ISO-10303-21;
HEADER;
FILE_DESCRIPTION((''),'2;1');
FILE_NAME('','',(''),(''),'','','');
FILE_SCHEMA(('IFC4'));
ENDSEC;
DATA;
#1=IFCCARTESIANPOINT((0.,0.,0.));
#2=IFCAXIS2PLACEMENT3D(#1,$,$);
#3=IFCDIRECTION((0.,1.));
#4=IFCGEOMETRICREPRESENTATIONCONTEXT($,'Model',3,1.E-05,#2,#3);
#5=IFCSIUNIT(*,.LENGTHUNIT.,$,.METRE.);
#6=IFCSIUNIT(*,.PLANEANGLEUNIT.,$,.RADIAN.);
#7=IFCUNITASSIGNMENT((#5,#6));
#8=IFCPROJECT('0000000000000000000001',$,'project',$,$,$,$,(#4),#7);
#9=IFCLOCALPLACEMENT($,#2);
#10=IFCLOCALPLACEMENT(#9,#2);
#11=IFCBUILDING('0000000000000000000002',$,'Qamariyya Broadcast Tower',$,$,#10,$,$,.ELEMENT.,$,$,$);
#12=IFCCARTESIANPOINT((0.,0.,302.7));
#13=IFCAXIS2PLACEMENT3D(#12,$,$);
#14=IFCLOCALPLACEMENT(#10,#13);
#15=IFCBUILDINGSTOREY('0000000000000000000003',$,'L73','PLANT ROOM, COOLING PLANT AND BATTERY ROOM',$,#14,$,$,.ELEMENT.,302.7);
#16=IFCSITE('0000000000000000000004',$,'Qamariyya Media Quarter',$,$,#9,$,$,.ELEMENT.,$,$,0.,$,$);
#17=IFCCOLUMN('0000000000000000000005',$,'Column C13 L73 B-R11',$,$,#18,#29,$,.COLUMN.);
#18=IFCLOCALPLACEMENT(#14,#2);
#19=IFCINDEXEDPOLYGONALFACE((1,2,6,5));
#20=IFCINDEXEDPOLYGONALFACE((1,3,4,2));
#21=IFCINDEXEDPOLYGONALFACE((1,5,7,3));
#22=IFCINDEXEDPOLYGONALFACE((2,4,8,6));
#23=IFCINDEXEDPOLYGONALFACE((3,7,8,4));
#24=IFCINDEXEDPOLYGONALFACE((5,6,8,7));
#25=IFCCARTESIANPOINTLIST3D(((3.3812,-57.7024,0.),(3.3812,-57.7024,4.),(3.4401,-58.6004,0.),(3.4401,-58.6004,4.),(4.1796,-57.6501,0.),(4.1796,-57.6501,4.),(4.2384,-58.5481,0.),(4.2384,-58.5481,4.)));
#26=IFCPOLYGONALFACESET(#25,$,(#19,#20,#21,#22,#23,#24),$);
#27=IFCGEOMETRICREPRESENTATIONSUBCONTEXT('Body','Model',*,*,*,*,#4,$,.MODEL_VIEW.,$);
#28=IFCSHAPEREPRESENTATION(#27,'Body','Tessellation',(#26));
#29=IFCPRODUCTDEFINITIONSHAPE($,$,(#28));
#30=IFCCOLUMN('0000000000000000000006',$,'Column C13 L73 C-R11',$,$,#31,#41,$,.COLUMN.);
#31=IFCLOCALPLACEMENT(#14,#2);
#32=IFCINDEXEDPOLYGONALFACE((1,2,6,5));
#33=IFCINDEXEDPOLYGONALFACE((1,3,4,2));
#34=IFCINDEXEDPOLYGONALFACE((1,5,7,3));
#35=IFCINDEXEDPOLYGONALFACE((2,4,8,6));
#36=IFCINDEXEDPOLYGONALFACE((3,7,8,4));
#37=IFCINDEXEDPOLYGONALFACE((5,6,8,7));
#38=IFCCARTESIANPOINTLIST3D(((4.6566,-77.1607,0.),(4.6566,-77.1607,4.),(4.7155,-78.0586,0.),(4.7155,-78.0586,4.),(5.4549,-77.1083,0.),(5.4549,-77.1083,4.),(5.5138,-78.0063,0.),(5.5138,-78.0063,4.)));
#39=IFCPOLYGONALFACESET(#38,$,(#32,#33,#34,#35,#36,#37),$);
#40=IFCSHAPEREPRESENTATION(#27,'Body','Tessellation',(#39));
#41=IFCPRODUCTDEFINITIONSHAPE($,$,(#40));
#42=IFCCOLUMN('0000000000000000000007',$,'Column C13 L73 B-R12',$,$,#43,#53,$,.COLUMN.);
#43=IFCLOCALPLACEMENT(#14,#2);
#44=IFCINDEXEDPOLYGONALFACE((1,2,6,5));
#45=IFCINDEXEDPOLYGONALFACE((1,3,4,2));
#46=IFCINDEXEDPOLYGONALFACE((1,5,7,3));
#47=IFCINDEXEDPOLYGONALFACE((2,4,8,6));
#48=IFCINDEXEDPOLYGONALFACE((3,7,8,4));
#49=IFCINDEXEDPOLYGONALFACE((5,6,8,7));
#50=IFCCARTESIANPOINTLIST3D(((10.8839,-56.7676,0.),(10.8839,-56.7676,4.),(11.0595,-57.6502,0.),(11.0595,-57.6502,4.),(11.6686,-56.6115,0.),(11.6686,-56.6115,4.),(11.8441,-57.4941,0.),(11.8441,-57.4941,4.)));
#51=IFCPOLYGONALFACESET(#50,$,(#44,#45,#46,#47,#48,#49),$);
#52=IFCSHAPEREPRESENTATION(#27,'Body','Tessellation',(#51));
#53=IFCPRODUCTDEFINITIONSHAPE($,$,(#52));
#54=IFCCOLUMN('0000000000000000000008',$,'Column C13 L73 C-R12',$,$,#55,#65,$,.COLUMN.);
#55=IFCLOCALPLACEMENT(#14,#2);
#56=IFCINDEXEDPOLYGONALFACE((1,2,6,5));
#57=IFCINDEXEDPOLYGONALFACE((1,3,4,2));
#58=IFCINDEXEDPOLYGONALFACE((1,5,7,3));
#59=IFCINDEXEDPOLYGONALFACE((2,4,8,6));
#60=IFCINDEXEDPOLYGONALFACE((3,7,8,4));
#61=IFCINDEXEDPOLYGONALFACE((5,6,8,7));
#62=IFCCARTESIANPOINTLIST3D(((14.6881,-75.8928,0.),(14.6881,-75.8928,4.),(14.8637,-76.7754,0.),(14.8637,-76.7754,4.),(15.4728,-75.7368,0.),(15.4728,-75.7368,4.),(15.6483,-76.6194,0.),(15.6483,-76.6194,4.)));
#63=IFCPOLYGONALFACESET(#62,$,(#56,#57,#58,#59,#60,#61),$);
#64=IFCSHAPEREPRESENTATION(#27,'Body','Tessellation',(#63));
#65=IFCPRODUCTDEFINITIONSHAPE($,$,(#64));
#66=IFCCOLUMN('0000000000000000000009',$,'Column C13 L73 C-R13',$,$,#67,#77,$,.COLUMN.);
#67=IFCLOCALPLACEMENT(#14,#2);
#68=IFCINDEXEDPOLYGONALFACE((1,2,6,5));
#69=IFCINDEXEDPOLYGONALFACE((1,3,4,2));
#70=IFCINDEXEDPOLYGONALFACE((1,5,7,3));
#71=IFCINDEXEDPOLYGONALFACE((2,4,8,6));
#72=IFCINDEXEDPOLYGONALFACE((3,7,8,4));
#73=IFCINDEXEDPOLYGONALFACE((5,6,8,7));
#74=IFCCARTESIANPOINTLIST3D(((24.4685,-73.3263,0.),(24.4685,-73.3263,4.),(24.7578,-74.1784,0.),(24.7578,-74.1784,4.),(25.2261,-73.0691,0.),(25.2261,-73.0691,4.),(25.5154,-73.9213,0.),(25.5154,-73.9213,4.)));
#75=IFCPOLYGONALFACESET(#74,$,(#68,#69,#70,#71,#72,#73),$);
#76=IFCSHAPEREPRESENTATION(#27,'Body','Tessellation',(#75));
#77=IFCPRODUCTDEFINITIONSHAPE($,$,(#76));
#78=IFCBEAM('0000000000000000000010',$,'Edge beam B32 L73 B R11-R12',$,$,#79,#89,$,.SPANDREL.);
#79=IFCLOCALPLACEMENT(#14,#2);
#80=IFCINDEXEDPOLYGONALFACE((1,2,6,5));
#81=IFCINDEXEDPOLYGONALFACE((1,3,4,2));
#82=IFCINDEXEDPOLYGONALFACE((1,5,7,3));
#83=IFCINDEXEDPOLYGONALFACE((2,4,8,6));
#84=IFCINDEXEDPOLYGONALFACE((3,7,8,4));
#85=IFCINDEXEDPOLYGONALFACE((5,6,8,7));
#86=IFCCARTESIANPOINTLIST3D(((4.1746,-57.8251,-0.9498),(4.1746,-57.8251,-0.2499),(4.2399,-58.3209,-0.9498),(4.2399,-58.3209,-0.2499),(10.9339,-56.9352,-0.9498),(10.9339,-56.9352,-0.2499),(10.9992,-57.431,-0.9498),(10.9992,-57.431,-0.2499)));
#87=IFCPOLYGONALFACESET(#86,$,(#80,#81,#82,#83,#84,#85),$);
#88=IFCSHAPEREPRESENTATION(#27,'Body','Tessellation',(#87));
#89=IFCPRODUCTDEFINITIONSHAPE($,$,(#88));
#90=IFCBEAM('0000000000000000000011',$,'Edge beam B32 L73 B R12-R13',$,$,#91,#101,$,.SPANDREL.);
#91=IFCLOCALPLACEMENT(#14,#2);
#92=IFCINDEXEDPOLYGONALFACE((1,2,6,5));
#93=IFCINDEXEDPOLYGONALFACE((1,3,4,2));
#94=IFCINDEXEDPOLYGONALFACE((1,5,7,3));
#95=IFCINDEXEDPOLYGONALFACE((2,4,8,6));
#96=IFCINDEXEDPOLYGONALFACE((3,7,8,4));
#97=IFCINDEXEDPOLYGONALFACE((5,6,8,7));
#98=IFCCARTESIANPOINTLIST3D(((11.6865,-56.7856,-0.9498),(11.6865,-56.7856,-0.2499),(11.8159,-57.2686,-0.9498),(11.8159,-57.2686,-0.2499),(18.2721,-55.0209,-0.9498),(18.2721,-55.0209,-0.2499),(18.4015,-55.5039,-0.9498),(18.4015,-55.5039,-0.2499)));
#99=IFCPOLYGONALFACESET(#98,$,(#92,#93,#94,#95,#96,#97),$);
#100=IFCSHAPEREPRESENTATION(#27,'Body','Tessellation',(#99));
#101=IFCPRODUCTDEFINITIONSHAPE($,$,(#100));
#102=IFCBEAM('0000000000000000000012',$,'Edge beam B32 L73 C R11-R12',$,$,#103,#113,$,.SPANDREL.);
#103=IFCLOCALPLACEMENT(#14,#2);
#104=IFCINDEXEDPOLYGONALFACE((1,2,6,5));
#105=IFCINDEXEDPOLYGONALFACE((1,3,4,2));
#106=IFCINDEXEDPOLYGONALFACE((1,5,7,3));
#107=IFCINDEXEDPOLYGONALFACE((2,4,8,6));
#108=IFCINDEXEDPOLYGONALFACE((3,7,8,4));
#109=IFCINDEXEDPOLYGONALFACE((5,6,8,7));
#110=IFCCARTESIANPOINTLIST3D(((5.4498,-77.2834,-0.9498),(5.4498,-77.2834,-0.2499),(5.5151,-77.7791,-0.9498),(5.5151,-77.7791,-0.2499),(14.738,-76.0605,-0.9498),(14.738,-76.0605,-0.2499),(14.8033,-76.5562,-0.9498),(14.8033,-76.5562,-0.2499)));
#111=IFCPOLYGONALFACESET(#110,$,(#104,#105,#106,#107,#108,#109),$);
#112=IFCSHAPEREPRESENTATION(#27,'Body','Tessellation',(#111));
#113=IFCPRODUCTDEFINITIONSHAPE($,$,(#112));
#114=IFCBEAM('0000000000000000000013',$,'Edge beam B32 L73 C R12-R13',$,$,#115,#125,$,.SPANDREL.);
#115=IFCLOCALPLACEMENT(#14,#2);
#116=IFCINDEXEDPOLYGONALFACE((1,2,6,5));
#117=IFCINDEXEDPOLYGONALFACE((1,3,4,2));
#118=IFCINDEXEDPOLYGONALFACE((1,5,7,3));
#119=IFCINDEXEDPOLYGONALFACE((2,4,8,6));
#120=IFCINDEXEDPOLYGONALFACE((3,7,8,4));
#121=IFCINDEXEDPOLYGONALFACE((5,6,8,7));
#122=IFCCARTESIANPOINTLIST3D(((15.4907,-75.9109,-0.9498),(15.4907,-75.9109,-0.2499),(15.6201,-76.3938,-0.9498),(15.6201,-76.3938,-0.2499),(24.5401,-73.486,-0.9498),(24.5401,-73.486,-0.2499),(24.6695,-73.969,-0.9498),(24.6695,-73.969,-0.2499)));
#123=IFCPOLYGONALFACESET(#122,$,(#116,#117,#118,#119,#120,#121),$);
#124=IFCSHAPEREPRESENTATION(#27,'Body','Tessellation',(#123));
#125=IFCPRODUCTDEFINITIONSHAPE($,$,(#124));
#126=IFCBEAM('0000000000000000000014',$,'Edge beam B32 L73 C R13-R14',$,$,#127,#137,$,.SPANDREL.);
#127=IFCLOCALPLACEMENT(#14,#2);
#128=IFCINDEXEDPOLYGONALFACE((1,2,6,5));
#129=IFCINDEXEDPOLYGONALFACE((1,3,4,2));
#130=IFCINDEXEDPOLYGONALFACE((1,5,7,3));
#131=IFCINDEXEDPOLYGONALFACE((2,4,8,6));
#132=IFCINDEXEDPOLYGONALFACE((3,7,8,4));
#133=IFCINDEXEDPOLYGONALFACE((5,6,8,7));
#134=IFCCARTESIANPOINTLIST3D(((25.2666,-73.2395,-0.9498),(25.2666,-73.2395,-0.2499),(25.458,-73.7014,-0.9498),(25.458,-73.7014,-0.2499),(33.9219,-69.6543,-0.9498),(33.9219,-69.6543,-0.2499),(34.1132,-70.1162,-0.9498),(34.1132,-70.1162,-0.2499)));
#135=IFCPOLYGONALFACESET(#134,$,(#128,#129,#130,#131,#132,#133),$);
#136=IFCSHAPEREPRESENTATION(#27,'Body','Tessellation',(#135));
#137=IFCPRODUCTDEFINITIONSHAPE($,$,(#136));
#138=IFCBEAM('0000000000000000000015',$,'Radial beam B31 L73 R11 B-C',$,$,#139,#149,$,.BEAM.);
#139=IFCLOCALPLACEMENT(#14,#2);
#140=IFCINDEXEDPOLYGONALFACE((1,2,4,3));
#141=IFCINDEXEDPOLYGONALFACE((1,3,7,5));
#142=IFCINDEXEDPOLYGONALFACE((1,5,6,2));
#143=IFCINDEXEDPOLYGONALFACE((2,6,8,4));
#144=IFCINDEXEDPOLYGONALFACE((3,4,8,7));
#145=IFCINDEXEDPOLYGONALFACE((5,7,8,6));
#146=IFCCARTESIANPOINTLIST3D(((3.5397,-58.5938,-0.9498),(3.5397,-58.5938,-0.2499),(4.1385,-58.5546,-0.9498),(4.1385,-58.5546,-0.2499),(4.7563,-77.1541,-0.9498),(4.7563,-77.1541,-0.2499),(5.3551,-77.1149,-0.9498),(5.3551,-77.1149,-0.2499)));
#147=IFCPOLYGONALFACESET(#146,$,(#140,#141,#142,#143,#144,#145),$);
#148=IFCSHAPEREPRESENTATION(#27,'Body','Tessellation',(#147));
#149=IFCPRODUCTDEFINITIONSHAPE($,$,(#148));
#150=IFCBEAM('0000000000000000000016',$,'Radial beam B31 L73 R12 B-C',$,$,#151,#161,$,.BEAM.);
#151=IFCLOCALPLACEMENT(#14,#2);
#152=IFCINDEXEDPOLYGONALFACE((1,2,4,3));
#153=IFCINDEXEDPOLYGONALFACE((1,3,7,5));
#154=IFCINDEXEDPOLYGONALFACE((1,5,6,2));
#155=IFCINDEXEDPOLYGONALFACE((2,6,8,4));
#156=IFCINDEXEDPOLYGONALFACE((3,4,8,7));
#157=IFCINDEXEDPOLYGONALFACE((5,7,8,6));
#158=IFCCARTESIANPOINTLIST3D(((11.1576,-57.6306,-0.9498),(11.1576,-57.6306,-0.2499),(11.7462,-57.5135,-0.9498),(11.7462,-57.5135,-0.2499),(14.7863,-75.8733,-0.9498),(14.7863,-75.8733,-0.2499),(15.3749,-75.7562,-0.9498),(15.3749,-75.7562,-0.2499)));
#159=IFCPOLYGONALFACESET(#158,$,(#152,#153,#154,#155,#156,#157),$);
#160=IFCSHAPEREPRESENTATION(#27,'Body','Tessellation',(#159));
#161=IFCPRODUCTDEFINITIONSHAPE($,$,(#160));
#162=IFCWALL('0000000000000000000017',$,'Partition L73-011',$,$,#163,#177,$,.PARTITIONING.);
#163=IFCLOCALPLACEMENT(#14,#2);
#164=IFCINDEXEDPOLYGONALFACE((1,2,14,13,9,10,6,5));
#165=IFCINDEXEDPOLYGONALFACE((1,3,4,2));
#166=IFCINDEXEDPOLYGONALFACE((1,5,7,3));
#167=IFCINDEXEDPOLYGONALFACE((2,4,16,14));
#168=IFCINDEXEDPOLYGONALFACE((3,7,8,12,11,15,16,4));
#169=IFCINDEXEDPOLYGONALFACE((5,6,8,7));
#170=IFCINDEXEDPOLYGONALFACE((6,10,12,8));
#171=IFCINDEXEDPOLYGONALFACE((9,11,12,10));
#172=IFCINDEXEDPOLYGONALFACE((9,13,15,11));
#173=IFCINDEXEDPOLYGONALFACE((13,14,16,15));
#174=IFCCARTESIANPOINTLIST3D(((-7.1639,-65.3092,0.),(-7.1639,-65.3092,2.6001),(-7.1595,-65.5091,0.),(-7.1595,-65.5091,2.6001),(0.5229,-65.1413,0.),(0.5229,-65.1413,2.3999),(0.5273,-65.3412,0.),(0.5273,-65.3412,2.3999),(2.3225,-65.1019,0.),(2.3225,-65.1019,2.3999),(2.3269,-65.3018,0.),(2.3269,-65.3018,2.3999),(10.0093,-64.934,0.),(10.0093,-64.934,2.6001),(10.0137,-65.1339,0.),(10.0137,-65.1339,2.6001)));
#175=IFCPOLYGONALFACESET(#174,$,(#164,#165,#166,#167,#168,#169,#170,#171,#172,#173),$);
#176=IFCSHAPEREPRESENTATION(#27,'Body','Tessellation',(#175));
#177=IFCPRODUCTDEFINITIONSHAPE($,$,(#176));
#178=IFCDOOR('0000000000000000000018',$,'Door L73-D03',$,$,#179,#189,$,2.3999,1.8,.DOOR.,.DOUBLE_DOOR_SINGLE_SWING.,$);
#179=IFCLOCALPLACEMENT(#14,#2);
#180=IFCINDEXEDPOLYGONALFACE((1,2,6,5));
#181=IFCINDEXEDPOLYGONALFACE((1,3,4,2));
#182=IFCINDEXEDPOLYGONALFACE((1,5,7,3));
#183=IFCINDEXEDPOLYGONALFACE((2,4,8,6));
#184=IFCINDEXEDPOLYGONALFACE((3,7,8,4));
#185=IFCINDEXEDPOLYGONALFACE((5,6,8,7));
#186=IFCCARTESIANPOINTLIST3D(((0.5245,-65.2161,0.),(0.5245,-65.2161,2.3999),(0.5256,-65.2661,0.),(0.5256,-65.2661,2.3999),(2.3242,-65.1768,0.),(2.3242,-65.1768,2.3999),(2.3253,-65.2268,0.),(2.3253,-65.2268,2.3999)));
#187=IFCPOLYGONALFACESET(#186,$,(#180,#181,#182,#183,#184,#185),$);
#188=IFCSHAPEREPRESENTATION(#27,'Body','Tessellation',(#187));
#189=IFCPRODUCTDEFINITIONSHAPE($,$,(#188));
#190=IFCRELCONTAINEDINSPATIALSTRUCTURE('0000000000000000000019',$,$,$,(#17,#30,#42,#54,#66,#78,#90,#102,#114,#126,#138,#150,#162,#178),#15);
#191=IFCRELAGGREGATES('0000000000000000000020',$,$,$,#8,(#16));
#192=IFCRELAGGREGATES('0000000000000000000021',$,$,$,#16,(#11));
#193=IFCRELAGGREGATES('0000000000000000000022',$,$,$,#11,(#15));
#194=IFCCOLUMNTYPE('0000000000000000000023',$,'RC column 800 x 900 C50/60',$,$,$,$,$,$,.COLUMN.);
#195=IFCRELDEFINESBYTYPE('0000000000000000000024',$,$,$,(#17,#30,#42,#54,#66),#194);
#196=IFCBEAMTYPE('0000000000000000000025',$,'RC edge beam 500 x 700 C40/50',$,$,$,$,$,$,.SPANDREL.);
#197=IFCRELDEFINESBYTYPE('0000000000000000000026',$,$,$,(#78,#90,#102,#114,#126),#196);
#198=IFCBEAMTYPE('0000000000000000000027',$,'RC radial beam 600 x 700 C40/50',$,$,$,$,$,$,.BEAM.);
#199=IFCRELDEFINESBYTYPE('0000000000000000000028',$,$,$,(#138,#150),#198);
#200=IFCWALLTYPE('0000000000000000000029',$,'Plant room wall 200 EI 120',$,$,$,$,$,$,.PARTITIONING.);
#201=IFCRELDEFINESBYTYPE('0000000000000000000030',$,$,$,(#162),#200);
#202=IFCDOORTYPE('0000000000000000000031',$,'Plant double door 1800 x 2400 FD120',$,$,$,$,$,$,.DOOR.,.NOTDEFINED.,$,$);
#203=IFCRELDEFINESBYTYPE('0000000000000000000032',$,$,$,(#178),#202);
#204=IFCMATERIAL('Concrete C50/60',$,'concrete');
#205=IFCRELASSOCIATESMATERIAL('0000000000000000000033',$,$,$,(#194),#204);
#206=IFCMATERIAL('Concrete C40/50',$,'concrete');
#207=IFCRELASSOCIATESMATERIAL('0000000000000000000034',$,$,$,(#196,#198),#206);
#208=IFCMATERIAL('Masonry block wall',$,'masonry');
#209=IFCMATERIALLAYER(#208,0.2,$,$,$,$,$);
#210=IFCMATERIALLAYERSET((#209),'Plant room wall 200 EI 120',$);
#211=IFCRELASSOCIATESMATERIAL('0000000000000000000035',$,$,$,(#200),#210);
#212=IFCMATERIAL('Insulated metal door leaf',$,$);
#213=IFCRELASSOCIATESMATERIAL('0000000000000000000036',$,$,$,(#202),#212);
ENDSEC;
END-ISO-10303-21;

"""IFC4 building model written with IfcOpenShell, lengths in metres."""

from ifc_helpers import new_model, si_unit, direction, frame, frame_2d, origin, origin_2d, place, context, subcontext, project, spatial, rectangle, extrude, material, layer, layer_set, material_profile, profile_set, type_object, element, fill, save


model = new_model("IFC4")

# Units and contexts
model_context = context("Model", 3, precision=1e-05, world=origin(), true_north=direction((0.0, 1.0)))
body_context = subcontext(model_context, "Body", "Model", "MODEL_VIEW")
ifc_project = project(units=[si_unit("LENGTHUNIT", "METRE"), si_unit("PLANEANGLEUNIT", "RADIAN")], contexts=[model_context])

# Site, building, storey
site_placement = place(None, origin())
site = spatial("IfcSite", under=ifc_project, at=site_placement, Name="Qamariyya Media Quarter", CompositionType="ELEMENT", RefElevation=0.0)
building_placement = place(site_placement, origin())
building = spatial("IfcBuilding", under=site, at=building_placement, Name="Qamariyya Broadcast Tower", CompositionType="ELEMENT")
storey_placement = place(building_placement, frame((0.0, 0.0, 302.7)))
storey = spatial("IfcBuildingStorey", under=building, at=storey_placement, Name="L73", Description="PLANT ROOM, COOLING PLANT AND BATTERY ROOM", CompositionType="ELEMENT", Elevation=302.7)

# Columns
ifc_material_1 = material(Name="Concrete C50/60", Category="concrete")
ifc_material_profile_1 = material_profile(ifc_material_1, rectangle(XDim=0.8, YDim=0.8999, at=origin_2d()))
ifc_profile_set_1 = profile_set([ifc_material_profile_1], Name="Concrete C50/60")
column_type = type_object("IfcColumnType", Name="RC column 800 x 900 C50/60", PredefinedType="COLUMN", material=ifc_profile_set_1)
for number, where, z_axis, x_axis, name in (
    (1, (3.8098, -58.1252, 0.0), (0.0, 0.0, 1.0), (0.997859, 0.065403, 0.0), "Column C13 L73 B-R11"),
    (2, (5.0852, -77.5835, 0.0), (0.0, 0.0, 1.0), (0.997859, 0.065403, 0.0), "Column C13 L73 C-R11"),
    (3, (11.364, -57.1309, 0.0), (0.0, 0.0, 1.0), (0.980785, 0.19509, 0.0), "Column C13 L73 B-R12"),
    (4, (15.1682, -76.2561, 0.0), (0.0, 0.0, 1.0), (0.980785, 0.19509, 0.0), "Column C13 L73 C-R12"),
    (5, (24.9919, -73.6238, 0.0), (0.0, 0.0, 1.0), (0.94693, 0.321439, 0.0), "Column C13 L73 C-R13"),
):
    element("IfcColumn", number, at=place(storey_placement, frame(where, z_axis=z_axis, x_axis=x_axis)), inside=storey, type_object=column_type, Name=name, PredefinedType="COLUMN", context=body_context, shape_type="SweptSolid", body=[
        extrude(rectangle(XDim=0.8, YDim=0.8999, at=origin_2d()), origin(), (0.0, 0.0, 1.0), 4.0),
    ])

# Beams
ifc_material_2 = material(Name="Concrete C40/50", Category="concrete")
ifc_material_profile_2 = material_profile(ifc_material_2, rectangle(XDim=0.5, YDim=0.7, at=origin_2d()))
ifc_profile_set_2 = profile_set([ifc_material_profile_2], Name="Concrete C40/50")
beam_type_1 = type_object("IfcBeamType", Name="RC edge beam 500 x 700 C40/50", PredefinedType="SPANDREL", material=ifc_profile_set_2)
beam_1_placement = place(storey_placement, frame((4.2073, -58.073, -0.5999), z_axis=(0.991445, 0.130529, 0.0), x_axis=(-0.130529, 0.991445, 0.0)))
element("IfcBeam", 6, at=beam_1_placement, inside=storey, type_object=beam_type_1, Name="Edge beam B32 L73 B R11-R12", PredefinedType="SPANDREL", context=body_context, shape_type="SweptSolid", body=[
    extrude(rectangle(XDim=0.5, YDim=0.7, at=origin_2d()), origin(), (0.0, 0.0, 1.0), 6.8176),
])
beam_2_placement = place(storey_placement, frame((11.7512, -57.0271, -0.5999), z_axis=(0.965923, 0.25883, 0.0), x_axis=(-0.25883, 0.965923, 0.0)))
element("IfcBeam", 7, at=beam_2_placement, inside=storey, type_object=beam_type_1, Name="Edge beam B32 L73 B R12-R13", PredefinedType="SPANDREL", context=body_context, shape_type="SweptSolid", body=[
    extrude(rectangle(XDim=0.5, YDim=0.7, at=origin_2d()), origin(), (0.0, 0.0, 1.0), 6.8179),
])
beam_3_placement = place(storey_placement, frame((5.4824, -77.5312, -0.5999), z_axis=(0.991444, 0.130533, 0.0), x_axis=(-0.130533, 0.991444, 0.0)))
element("IfcBeam", 8, at=beam_3_placement, inside=storey, type_object=beam_type_1, Name="Edge beam B32 L73 C R11-R12", PredefinedType="SPANDREL", context=body_context, shape_type="SweptSolid", body=[
    extrude(rectangle(XDim=0.5, YDim=0.7, at=origin_2d()), origin(), (0.0, 0.0, 1.0), 9.3684),
])
beam_4_placement = place(storey_placement, frame((15.5554, -76.1523, -0.5999), z_axis=(0.965925, 0.258824, 0.0), x_axis=(-0.258824, 0.965925, 0.0)))
element("IfcBeam", 9, at=beam_4_placement, inside=storey, type_object=beam_type_1, Name="Edge beam B32 L73 C R12-R13", PredefinedType="SPANDREL", context=body_context, shape_type="SweptSolid", body=[
    extrude(rectangle(XDim=0.5, YDim=0.7, at=origin_2d()), origin(), (0.0, 0.0, 1.0), 9.3687),
])
beam_5_placement = place(storey_placement, frame((25.3623, -73.4705, -0.5999), z_axis=(0.923877, 0.38269, 0.0), x_axis=(-0.38269, 0.923877, 0.0)))
element("IfcBeam", 10, at=beam_5_placement, inside=storey, type_object=beam_type_1, Name="Edge beam B32 L73 C R13-R14", PredefinedType="SPANDREL", context=body_context, shape_type="SweptSolid", body=[
    extrude(rectangle(XDim=0.5, YDim=0.7, at=origin_2d()), origin(), (0.0, 0.0, 1.0), 9.3684),
])
ifc_material_profile_3 = material_profile(ifc_material_2, rectangle(XDim=0.6001, YDim=0.7, at=origin_2d()))
ifc_profile_set_3 = profile_set([ifc_material_profile_3], Name="Concrete C40/50")
beam_type_2 = type_object("IfcBeamType", Name="RC radial beam 600 x 700 C40/50", PredefinedType="BEAM", material=ifc_profile_set_3)
for number, where, z_axis, x_axis, name in (
    (11, (3.8391, -58.5742, -0.5999), (0.065406, -0.997859, 0.0), (0.997859, 0.065406, 0.0), "Radial beam B31 L73 R11 B-C"),
    (12, (11.4519, -57.572, -0.5999), (0.195089, -0.980786, 0.0), (0.980786, 0.195089, 0.0), "Radial beam B31 L73 R12 B-C"),
):
    element("IfcBeam", number, at=place(storey_placement, frame(where, z_axis=z_axis, x_axis=x_axis)), inside=storey, type_object=beam_type_2, Name=name, PredefinedType="BEAM", context=body_context, shape_type="SweptSolid", body=[
        extrude(rectangle(XDim=0.6001, YDim=0.7, at=origin_2d()), origin(), (0.0, 0.0, 1.0), 18.6001),
    ])

# Wall, opening, door
ifc_material_3 = material(Name="Masonry block wall", Category="masonry")
ifc_layer_1 = layer(ifc_material_3, 0.2)
ifc_layer_set_1 = layer_set([ifc_layer_1], Name="Plant room wall 200 EI 120")
wall_type_1 = type_object("IfcWallType", Name="Plant room wall 200 EI 120", PredefinedType="PARTITIONING", material=ifc_layer_set_1)
wall_1_placement = place(storey_placement, frame((10.0115, -65.0339, 0.0), z_axis=(0.0, 0.0, 1.0), x_axis=(-0.999761, -0.021845, 0.0)))
wall_1 = element("IfcWall", 13, at=wall_1_placement, inside=storey, type_object=wall_type_1, Name="Partition L73-011", PredefinedType="PARTITIONING", context=body_context, shape_type="SweptSolid", body=[
    extrude(rectangle(XDim=17.1772, YDim=0.2, at=frame_2d((8.5886, 0.0))), origin(), (0.0, 0.0, 1.0), 2.6001),
])
opening_1_placement = place(wall_1_placement, frame((7.6887, 0.0, 0.0)))
opening_1 = element("IfcOpeningElement", 14, at=opening_1_placement, cuts=wall_1, PredefinedType="OPENING", context=body_context, shape_type="SweptSolid", body=[
    extrude(rectangle(XDim=1.8, YDim=2.3999, at=frame_2d((0.8999, 1.2))), frame((0.0, 0.1099, 0.0), z_axis=(0.0, -1.0, 0.0), x_axis=(1.0, 0.0, 0.0)), (0.0, 0.0, 1.0), 0.22),
])
ifc_material_4 = material(Name="Insulated metal door leaf")
door_type_1 = type_object("IfcDoorType", Name="Plant double door 1800 x 2400 FD120", OperationType="NOTDEFINED", PredefinedType="DOOR", material=ifc_material_4)
door_1_placement = place(opening_1_placement, origin())
door_1 = element("IfcDoor", 15, at=door_1_placement, inside=storey, type_object=door_type_1, Name="Door L73-D03", OperationType="DOUBLE_DOOR_SINGLE_SWING", OverallHeight=2.3999, OverallWidth=1.8, PredefinedType="DOOR", context=body_context, shape_type="SweptSolid", body=[
    extrude(rectangle(XDim=1.8, YDim=2.3999, at=frame_2d((0.8999, 1.2))), frame((0.0, 0.0249, 0.0), z_axis=(0.0, -1.0, 0.0), x_axis=(1.0, 0.0, 0.0)), (0.0, 0.0, 1.0), 0.05),
])
fill(opening_1, door_1)

save(model, "model.ifc")
